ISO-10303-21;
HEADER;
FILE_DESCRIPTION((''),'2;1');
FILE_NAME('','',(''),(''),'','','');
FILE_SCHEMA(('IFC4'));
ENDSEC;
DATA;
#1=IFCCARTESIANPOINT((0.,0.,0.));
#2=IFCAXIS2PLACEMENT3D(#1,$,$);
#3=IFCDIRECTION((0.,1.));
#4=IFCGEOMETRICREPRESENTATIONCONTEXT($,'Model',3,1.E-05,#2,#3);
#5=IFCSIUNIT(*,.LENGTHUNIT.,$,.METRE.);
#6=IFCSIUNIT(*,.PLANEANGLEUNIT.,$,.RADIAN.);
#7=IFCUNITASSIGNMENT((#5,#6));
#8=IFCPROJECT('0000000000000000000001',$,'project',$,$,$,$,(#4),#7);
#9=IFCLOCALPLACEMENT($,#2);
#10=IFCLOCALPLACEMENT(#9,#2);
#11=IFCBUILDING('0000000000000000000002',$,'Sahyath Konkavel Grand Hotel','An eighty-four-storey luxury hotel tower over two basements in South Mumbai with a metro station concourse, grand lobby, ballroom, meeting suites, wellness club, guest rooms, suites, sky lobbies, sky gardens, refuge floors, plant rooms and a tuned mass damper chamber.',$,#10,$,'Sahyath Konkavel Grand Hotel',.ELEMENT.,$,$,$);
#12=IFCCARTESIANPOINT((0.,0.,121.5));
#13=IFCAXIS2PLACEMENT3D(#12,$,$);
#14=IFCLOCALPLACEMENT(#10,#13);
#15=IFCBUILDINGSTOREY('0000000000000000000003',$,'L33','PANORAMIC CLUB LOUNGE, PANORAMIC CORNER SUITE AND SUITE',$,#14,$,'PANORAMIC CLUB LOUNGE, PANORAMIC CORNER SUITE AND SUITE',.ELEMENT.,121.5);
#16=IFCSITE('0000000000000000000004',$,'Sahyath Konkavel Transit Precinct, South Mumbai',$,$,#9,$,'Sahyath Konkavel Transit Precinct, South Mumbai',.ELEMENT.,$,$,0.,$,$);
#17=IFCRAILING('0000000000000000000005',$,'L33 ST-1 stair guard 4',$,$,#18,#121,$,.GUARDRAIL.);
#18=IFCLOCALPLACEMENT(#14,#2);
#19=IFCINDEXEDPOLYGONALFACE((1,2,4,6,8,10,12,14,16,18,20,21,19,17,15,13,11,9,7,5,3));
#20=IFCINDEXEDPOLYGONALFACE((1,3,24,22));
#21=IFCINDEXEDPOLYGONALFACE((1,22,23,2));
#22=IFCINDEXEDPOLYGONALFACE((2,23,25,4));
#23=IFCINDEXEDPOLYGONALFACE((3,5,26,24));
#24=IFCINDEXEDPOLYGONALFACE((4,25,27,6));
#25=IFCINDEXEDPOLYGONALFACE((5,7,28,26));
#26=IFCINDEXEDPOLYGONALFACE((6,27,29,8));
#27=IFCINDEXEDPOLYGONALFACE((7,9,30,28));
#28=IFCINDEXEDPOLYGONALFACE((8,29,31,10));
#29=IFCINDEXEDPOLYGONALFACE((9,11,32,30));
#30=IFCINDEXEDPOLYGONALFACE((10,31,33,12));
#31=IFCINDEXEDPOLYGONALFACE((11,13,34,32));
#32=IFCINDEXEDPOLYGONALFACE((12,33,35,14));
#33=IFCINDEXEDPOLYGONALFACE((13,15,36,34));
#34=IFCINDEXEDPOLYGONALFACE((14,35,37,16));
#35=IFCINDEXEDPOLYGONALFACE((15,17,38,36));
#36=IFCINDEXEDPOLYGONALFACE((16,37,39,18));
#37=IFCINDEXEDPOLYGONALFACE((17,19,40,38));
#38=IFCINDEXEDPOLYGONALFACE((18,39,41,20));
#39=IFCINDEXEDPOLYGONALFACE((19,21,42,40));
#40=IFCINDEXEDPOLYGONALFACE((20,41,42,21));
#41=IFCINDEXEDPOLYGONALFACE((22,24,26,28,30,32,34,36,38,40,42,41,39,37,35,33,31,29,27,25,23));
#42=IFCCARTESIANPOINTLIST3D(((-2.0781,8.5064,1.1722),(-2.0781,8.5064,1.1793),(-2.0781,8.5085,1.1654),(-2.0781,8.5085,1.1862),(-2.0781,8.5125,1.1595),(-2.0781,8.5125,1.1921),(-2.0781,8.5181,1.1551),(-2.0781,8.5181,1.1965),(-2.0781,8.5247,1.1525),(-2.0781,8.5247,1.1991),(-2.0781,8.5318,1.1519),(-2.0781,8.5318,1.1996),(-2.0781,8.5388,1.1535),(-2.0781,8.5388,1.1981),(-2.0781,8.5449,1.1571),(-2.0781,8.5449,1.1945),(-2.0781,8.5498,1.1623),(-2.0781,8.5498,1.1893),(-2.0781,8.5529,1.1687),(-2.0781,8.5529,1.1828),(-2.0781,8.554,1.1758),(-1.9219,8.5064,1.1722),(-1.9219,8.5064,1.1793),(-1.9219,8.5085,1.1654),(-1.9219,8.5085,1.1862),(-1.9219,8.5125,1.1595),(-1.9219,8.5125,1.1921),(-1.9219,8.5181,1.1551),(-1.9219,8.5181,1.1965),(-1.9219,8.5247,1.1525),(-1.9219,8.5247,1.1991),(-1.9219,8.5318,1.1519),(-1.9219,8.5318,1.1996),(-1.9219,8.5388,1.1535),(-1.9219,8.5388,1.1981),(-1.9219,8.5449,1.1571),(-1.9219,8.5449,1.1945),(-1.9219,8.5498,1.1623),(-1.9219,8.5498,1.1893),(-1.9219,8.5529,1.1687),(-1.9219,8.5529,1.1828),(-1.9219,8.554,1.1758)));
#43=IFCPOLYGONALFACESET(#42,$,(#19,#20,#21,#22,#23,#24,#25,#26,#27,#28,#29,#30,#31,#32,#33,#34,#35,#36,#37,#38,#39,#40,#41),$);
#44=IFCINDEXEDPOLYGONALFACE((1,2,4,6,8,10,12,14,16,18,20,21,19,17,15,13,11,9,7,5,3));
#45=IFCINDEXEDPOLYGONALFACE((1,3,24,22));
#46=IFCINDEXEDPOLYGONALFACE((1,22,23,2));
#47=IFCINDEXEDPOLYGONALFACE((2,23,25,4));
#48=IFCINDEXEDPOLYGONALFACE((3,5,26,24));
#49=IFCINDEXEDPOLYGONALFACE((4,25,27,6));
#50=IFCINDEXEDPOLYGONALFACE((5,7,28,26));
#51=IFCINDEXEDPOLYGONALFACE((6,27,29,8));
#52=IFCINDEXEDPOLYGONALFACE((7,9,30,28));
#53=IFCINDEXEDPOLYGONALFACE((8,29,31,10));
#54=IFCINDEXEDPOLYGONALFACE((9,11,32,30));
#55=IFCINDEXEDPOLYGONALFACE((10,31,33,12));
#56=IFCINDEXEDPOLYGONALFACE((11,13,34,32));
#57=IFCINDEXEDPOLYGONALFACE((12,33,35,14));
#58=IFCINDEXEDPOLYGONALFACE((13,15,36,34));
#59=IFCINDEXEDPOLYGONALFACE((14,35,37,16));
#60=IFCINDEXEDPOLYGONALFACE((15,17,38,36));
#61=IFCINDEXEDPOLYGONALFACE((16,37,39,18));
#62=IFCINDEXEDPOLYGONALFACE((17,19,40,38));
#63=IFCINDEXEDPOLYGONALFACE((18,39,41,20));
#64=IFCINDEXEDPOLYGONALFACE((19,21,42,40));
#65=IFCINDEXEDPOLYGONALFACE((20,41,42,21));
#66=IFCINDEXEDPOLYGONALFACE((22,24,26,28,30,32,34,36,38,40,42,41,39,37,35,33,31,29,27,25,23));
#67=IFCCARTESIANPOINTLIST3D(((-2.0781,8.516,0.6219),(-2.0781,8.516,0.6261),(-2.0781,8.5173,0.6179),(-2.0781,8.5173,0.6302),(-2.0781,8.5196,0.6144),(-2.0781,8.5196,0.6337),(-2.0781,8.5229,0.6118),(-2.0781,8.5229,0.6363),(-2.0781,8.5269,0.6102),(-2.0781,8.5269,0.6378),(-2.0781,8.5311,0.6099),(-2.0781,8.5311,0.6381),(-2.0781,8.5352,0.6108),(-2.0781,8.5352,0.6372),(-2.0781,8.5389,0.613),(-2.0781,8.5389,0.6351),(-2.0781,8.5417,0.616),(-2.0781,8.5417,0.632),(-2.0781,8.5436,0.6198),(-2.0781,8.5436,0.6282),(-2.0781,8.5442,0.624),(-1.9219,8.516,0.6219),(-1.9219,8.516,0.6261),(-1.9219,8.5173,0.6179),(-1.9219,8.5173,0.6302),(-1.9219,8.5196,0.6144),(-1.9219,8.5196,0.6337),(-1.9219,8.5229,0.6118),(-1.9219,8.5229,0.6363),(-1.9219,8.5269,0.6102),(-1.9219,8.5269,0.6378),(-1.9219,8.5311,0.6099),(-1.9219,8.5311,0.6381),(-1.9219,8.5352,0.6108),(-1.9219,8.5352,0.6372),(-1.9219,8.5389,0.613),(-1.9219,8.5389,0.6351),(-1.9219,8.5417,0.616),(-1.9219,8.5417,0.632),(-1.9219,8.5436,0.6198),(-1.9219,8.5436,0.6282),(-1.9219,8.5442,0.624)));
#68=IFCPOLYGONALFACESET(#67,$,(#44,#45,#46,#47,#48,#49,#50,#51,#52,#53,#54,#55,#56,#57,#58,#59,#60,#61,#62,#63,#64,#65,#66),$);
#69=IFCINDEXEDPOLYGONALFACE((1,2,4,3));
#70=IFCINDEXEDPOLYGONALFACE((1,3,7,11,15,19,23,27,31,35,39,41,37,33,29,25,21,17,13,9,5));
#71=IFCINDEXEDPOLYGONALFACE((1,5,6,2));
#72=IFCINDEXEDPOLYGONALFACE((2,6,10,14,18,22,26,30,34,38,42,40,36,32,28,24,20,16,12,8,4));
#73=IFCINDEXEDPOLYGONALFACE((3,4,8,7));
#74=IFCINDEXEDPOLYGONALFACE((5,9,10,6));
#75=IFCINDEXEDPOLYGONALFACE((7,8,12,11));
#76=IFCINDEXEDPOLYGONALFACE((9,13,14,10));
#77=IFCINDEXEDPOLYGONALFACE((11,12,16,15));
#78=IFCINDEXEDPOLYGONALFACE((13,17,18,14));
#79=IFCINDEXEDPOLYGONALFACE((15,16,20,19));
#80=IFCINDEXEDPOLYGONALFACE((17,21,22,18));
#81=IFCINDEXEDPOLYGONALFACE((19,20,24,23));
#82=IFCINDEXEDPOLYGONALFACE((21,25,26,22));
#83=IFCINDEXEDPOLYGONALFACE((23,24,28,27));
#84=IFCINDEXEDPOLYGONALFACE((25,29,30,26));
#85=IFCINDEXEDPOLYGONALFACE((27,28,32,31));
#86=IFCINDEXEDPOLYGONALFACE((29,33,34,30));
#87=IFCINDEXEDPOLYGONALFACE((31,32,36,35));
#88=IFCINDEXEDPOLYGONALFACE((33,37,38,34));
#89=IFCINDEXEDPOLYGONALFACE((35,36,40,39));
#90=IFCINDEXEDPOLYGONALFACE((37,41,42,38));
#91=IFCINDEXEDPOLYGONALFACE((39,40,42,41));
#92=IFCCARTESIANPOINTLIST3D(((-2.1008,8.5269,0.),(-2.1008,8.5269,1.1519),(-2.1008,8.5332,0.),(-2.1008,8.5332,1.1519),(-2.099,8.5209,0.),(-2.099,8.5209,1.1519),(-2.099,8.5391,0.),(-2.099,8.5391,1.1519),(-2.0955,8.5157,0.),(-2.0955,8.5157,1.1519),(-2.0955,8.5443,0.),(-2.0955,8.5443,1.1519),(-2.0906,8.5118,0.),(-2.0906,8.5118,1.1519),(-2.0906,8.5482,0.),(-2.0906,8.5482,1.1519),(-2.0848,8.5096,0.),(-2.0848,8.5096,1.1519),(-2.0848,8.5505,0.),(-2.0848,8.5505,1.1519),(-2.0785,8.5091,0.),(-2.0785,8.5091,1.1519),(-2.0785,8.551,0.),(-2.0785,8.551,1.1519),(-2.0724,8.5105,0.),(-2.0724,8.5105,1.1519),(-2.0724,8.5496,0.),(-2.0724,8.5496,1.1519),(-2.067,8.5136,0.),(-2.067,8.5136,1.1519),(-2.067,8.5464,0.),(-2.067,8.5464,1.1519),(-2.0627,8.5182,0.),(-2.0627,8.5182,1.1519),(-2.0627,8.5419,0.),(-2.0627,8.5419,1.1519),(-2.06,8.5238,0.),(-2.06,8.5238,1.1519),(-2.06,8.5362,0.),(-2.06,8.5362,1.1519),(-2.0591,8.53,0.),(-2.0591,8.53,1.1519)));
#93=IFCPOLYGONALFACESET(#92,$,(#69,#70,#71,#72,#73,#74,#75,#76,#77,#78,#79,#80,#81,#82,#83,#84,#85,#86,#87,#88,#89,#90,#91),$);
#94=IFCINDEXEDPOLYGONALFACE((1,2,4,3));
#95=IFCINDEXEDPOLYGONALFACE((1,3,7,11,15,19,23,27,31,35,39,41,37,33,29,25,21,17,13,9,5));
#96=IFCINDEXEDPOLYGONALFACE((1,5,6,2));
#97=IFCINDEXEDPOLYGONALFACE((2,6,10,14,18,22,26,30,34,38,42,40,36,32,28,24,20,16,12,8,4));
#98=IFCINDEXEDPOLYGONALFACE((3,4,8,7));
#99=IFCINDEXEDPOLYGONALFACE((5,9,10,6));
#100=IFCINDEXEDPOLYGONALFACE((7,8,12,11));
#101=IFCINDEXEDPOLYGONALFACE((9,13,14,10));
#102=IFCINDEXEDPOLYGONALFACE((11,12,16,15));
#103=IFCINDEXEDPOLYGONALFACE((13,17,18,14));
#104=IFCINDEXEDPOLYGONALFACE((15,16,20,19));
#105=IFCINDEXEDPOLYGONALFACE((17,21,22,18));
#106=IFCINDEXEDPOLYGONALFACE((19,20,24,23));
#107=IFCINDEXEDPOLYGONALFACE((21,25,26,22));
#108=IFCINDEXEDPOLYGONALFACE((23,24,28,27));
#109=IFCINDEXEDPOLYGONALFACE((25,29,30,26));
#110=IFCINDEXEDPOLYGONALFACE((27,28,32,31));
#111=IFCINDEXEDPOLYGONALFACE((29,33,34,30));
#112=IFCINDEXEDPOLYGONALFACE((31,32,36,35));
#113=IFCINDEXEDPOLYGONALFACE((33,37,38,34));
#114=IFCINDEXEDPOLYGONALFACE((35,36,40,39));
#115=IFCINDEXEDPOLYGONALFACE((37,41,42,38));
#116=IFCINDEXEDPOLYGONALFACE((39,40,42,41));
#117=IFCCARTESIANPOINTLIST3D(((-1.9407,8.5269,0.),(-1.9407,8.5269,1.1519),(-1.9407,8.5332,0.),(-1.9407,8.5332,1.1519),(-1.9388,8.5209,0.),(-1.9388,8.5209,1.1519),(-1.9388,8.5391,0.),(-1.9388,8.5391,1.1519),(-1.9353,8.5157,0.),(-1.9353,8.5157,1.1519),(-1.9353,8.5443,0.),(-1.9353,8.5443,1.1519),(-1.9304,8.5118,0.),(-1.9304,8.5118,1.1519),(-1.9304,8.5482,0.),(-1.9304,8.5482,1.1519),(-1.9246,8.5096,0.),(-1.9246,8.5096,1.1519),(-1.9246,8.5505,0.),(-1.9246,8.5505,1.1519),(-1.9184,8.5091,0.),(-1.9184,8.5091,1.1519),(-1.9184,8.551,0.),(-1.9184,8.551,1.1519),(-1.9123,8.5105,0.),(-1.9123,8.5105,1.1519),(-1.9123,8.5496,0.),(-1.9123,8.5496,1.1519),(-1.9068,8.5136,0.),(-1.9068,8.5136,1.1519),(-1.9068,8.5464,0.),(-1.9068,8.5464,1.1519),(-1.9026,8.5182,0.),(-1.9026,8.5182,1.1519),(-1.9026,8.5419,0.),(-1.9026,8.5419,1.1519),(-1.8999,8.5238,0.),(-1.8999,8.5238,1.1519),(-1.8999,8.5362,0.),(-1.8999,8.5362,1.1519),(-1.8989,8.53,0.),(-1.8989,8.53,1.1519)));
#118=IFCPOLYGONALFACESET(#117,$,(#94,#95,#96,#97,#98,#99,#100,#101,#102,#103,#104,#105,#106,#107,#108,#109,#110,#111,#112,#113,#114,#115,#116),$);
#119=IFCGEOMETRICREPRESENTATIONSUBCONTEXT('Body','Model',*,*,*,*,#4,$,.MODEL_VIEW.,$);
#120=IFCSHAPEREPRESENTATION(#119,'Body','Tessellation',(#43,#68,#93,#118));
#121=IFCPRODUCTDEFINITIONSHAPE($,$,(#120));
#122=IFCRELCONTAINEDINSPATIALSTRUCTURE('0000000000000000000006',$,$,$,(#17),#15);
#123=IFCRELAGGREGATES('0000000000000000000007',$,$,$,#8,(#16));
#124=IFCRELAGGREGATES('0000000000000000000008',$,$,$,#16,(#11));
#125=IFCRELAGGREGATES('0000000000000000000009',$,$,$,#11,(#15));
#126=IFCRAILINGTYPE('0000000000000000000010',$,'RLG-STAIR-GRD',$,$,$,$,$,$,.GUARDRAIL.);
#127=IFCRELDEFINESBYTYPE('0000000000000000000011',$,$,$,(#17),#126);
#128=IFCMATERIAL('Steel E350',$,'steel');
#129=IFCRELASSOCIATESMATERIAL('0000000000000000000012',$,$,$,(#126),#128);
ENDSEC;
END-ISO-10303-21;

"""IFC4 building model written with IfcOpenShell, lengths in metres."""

from ifc_helpers import new_model, si_unit, direction, frame, origin, origin_2d, place, context, subcontext, project, spatial, circle, extrude, material, type_object, element, save


model = new_model("IFC4")

# Units and contexts
model_context = context("Model", 3, precision=1e-05, world=origin(), true_north=direction((0.0, 1.0)))
body_context = subcontext(model_context, "Body", "Model", "MODEL_VIEW")
ifc_project = project(units=[si_unit("LENGTHUNIT", "METRE"), si_unit("PLANEANGLEUNIT", "RADIAN")], contexts=[model_context])

# Site, building, storey
site_placement = place(None, origin())
site = spatial("IfcSite", under=ifc_project, at=site_placement, Name="Sahyath Konkavel Transit Precinct, South Mumbai", LongName="Sahyath Konkavel Transit Precinct, South Mumbai", CompositionType="ELEMENT", RefElevation=0.0)
building_placement = place(site_placement, origin())
building = spatial("IfcBuilding", under=site, at=building_placement, Name="Sahyath Konkavel Grand Hotel", Description="An eighty-four-storey luxury hotel tower over two basements in South Mumbai with a metro station concourse, grand lobby, ballroom, meeting suites, wellness club, guest rooms, suites, sky lobbies, sky gardens, refuge floors, plant rooms and a tuned mass damper chamber.", LongName="Sahyath Konkavel Grand Hotel", CompositionType="ELEMENT")
storey_placement = place(building_placement, frame((0.0, 0.0, 121.5)))
storey = spatial("IfcBuildingStorey", under=building, at=storey_placement, Name="L33", Description="PANORAMIC CLUB LOUNGE, PANORAMIC CORNER SUITE AND SUITE", LongName="PANORAMIC CLUB LOUNGE, PANORAMIC CORNER SUITE AND SUITE", CompositionType="ELEMENT", Elevation=121.5)

# Shared definitions
ifc_material_1 = material(Name="Steel E350", Category="steel")

# Railing
railing_type_1 = type_object("IfcRailingType", Name="RLG-STAIR-GRD", PredefinedType="GUARDRAIL", material=ifc_material_1)
railing_1_placement = place(storey_placement, frame((-2.0801, 8.53, 0.0)))
element("IfcRailing", 1, at=railing_1_placement, inside=storey, type_object=railing_type_1, Name="L33 ST-1 stair guard 4", PredefinedType="GUARDRAIL", context=body_context, shape_type="SweptSolid", body=[
    extrude(circle(Radius=0.0239, at=origin_2d()), frame((0.002, 0.0, 1.1758), z_axis=(1.0, 0.0, 0.0), x_axis=(0.0, 1.0, 0.0)), (0.0, 0.0, 1.0), 0.1562),
    extrude(circle(Radius=0.0142, at=origin_2d()), frame((0.002, 0.0, 0.624), z_axis=(1.0, 0.0, 0.0), x_axis=(0.0, 1.0, 0.0)), (0.0, 0.0, 1.0), 0.1562),
    extrude(circle(Radius=0.021, at=origin_2d()), origin(), (0.0, 0.0, 1.0), 1.1519),
    extrude(circle(Radius=0.021, at=origin_2d()), frame((0.1602, 0.0, 0.0)), (0.0, 0.0, 1.0), 1.1519),
])

save(model, "model.ifc")
